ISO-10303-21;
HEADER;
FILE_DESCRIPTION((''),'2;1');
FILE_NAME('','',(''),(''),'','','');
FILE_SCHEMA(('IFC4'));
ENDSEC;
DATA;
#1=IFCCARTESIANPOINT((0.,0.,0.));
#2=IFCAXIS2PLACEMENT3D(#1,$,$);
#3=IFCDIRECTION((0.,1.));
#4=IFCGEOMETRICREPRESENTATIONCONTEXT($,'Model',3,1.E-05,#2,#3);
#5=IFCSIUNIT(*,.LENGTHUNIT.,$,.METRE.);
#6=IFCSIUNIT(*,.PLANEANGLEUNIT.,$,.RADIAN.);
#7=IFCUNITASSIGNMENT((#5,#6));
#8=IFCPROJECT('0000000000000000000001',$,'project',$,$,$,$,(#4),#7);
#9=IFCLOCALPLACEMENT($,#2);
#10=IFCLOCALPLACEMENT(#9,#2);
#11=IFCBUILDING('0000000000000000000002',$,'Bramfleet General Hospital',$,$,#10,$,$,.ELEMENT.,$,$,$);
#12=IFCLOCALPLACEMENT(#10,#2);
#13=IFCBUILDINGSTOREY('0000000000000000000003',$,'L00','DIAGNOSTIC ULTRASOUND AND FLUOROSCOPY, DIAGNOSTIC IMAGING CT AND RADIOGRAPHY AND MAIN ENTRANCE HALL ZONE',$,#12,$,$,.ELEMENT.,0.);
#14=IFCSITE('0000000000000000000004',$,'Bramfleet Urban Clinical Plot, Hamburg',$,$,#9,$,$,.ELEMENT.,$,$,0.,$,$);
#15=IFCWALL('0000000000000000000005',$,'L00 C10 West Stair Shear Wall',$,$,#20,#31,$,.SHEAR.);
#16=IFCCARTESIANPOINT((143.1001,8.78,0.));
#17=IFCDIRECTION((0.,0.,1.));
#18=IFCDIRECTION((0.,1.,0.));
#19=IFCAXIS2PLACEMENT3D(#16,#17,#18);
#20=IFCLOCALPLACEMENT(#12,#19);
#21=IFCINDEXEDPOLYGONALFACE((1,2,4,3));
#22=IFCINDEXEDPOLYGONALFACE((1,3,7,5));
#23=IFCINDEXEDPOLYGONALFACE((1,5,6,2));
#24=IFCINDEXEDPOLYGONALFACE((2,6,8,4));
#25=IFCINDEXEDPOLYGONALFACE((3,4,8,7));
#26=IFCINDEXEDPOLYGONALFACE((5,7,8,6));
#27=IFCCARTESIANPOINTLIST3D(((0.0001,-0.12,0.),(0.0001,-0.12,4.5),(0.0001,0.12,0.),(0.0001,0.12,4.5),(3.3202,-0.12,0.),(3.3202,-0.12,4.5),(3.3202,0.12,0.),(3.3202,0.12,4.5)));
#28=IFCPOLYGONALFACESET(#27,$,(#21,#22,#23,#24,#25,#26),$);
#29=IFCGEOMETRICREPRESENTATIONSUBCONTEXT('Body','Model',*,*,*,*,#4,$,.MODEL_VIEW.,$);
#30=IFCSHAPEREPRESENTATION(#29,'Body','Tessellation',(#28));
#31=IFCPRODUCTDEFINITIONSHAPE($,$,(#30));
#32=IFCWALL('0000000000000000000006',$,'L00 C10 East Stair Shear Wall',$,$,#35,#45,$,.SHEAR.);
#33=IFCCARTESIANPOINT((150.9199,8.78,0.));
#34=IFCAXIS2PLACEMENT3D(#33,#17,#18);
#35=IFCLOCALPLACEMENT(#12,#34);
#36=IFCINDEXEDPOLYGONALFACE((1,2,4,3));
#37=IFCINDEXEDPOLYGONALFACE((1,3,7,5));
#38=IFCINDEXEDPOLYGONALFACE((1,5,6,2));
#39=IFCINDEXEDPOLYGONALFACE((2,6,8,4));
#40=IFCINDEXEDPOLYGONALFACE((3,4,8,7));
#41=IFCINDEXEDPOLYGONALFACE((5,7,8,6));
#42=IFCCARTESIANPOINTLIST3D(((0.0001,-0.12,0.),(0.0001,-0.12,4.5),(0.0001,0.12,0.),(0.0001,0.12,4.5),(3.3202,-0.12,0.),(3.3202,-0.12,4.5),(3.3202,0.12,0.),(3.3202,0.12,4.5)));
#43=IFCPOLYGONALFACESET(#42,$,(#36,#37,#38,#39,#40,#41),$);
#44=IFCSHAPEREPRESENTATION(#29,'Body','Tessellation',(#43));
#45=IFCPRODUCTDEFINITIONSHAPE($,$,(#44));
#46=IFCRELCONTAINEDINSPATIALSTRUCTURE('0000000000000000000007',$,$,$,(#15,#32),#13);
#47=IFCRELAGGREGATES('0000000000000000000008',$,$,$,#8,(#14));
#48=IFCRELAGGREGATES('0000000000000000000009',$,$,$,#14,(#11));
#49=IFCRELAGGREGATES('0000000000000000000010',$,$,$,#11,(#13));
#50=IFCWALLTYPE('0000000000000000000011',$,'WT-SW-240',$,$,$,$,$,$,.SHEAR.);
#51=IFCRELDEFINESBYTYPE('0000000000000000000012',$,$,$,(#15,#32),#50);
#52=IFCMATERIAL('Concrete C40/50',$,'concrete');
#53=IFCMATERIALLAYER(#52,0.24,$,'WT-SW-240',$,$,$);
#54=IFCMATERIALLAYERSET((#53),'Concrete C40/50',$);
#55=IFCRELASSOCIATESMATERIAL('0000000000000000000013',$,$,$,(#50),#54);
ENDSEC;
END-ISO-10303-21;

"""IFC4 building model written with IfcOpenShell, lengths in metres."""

from ifc_helpers import new_model, si_unit, direction, frame, frame_2d, origin, place, context, subcontext, project, spatial, rectangle, extrude, material, layer, layer_set, type_object, element, save


model = new_model("IFC4")

# Units and contexts
model_context = context("Model", 3, precision=1e-05, world=origin(), true_north=direction((0.0, 1.0)))
body_context = subcontext(model_context, "Body", "Model", "MODEL_VIEW")
ifc_project = project(units=[si_unit("LENGTHUNIT", "METRE"), si_unit("PLANEANGLEUNIT", "RADIAN")], contexts=[model_context])

# Site, building, storey
site_placement = place(None, origin())
site = spatial("IfcSite", under=ifc_project, at=site_placement, Name="Bramfleet Urban Clinical Plot, Hamburg", CompositionType="ELEMENT", RefElevation=0.0)
building_placement = place(site_placement, origin())
building = spatial("IfcBuilding", under=site, at=building_placement, Name="Bramfleet General Hospital", CompositionType="ELEMENT")
storey_placement = place(building_placement, origin())
storey = spatial("IfcBuildingStorey", under=building, at=storey_placement, Name="L00", Description="DIAGNOSTIC ULTRASOUND AND FLUOROSCOPY, DIAGNOSTIC IMAGING CT AND RADIOGRAPHY AND MAIN ENTRANCE HALL ZONE", CompositionType="ELEMENT", Elevation=0.0)

# Shared definitions
ifc_material_1 = material(Name="Concrete C40/50", Category="concrete")

# Walls
ifc_layer_1 = layer(ifc_material_1, 0.24, Name="WT-SW-240")
ifc_layer_set_1 = layer_set([ifc_layer_1], Name="Concrete C40/50")
wall_type_1 = type_object("IfcWallType", Name="WT-SW-240", PredefinedType="SHEAR", material=ifc_layer_set_1)
for number, where, z_axis, x_axis, name in (
    (1, (143.1001, 8.78, 0.0), (0.0, 0.0, 1.0), (0.0, 1.0, 0.0), "L00 C10 West Stair Shear Wall"),
    (2, (150.9199, 8.78, 0.0), (0.0, 0.0, 1.0), (0.0, 1.0, 0.0), "L00 C10 East Stair Shear Wall"),
):
    element("IfcWall", number, at=place(storey_placement, frame(where, z_axis=z_axis, x_axis=x_axis)), inside=storey, type_object=wall_type_1, Name=name, PredefinedType="SHEAR", context=body_context, shape_type="SweptSolid", body=[
        extrude(rectangle(XDim=3.3201, YDim=0.24, at=frame_2d((1.6602, 0.0))), origin(), (0.0, 0.0, 1.0), 4.5),
    ])

save(model, "model.ifc")
